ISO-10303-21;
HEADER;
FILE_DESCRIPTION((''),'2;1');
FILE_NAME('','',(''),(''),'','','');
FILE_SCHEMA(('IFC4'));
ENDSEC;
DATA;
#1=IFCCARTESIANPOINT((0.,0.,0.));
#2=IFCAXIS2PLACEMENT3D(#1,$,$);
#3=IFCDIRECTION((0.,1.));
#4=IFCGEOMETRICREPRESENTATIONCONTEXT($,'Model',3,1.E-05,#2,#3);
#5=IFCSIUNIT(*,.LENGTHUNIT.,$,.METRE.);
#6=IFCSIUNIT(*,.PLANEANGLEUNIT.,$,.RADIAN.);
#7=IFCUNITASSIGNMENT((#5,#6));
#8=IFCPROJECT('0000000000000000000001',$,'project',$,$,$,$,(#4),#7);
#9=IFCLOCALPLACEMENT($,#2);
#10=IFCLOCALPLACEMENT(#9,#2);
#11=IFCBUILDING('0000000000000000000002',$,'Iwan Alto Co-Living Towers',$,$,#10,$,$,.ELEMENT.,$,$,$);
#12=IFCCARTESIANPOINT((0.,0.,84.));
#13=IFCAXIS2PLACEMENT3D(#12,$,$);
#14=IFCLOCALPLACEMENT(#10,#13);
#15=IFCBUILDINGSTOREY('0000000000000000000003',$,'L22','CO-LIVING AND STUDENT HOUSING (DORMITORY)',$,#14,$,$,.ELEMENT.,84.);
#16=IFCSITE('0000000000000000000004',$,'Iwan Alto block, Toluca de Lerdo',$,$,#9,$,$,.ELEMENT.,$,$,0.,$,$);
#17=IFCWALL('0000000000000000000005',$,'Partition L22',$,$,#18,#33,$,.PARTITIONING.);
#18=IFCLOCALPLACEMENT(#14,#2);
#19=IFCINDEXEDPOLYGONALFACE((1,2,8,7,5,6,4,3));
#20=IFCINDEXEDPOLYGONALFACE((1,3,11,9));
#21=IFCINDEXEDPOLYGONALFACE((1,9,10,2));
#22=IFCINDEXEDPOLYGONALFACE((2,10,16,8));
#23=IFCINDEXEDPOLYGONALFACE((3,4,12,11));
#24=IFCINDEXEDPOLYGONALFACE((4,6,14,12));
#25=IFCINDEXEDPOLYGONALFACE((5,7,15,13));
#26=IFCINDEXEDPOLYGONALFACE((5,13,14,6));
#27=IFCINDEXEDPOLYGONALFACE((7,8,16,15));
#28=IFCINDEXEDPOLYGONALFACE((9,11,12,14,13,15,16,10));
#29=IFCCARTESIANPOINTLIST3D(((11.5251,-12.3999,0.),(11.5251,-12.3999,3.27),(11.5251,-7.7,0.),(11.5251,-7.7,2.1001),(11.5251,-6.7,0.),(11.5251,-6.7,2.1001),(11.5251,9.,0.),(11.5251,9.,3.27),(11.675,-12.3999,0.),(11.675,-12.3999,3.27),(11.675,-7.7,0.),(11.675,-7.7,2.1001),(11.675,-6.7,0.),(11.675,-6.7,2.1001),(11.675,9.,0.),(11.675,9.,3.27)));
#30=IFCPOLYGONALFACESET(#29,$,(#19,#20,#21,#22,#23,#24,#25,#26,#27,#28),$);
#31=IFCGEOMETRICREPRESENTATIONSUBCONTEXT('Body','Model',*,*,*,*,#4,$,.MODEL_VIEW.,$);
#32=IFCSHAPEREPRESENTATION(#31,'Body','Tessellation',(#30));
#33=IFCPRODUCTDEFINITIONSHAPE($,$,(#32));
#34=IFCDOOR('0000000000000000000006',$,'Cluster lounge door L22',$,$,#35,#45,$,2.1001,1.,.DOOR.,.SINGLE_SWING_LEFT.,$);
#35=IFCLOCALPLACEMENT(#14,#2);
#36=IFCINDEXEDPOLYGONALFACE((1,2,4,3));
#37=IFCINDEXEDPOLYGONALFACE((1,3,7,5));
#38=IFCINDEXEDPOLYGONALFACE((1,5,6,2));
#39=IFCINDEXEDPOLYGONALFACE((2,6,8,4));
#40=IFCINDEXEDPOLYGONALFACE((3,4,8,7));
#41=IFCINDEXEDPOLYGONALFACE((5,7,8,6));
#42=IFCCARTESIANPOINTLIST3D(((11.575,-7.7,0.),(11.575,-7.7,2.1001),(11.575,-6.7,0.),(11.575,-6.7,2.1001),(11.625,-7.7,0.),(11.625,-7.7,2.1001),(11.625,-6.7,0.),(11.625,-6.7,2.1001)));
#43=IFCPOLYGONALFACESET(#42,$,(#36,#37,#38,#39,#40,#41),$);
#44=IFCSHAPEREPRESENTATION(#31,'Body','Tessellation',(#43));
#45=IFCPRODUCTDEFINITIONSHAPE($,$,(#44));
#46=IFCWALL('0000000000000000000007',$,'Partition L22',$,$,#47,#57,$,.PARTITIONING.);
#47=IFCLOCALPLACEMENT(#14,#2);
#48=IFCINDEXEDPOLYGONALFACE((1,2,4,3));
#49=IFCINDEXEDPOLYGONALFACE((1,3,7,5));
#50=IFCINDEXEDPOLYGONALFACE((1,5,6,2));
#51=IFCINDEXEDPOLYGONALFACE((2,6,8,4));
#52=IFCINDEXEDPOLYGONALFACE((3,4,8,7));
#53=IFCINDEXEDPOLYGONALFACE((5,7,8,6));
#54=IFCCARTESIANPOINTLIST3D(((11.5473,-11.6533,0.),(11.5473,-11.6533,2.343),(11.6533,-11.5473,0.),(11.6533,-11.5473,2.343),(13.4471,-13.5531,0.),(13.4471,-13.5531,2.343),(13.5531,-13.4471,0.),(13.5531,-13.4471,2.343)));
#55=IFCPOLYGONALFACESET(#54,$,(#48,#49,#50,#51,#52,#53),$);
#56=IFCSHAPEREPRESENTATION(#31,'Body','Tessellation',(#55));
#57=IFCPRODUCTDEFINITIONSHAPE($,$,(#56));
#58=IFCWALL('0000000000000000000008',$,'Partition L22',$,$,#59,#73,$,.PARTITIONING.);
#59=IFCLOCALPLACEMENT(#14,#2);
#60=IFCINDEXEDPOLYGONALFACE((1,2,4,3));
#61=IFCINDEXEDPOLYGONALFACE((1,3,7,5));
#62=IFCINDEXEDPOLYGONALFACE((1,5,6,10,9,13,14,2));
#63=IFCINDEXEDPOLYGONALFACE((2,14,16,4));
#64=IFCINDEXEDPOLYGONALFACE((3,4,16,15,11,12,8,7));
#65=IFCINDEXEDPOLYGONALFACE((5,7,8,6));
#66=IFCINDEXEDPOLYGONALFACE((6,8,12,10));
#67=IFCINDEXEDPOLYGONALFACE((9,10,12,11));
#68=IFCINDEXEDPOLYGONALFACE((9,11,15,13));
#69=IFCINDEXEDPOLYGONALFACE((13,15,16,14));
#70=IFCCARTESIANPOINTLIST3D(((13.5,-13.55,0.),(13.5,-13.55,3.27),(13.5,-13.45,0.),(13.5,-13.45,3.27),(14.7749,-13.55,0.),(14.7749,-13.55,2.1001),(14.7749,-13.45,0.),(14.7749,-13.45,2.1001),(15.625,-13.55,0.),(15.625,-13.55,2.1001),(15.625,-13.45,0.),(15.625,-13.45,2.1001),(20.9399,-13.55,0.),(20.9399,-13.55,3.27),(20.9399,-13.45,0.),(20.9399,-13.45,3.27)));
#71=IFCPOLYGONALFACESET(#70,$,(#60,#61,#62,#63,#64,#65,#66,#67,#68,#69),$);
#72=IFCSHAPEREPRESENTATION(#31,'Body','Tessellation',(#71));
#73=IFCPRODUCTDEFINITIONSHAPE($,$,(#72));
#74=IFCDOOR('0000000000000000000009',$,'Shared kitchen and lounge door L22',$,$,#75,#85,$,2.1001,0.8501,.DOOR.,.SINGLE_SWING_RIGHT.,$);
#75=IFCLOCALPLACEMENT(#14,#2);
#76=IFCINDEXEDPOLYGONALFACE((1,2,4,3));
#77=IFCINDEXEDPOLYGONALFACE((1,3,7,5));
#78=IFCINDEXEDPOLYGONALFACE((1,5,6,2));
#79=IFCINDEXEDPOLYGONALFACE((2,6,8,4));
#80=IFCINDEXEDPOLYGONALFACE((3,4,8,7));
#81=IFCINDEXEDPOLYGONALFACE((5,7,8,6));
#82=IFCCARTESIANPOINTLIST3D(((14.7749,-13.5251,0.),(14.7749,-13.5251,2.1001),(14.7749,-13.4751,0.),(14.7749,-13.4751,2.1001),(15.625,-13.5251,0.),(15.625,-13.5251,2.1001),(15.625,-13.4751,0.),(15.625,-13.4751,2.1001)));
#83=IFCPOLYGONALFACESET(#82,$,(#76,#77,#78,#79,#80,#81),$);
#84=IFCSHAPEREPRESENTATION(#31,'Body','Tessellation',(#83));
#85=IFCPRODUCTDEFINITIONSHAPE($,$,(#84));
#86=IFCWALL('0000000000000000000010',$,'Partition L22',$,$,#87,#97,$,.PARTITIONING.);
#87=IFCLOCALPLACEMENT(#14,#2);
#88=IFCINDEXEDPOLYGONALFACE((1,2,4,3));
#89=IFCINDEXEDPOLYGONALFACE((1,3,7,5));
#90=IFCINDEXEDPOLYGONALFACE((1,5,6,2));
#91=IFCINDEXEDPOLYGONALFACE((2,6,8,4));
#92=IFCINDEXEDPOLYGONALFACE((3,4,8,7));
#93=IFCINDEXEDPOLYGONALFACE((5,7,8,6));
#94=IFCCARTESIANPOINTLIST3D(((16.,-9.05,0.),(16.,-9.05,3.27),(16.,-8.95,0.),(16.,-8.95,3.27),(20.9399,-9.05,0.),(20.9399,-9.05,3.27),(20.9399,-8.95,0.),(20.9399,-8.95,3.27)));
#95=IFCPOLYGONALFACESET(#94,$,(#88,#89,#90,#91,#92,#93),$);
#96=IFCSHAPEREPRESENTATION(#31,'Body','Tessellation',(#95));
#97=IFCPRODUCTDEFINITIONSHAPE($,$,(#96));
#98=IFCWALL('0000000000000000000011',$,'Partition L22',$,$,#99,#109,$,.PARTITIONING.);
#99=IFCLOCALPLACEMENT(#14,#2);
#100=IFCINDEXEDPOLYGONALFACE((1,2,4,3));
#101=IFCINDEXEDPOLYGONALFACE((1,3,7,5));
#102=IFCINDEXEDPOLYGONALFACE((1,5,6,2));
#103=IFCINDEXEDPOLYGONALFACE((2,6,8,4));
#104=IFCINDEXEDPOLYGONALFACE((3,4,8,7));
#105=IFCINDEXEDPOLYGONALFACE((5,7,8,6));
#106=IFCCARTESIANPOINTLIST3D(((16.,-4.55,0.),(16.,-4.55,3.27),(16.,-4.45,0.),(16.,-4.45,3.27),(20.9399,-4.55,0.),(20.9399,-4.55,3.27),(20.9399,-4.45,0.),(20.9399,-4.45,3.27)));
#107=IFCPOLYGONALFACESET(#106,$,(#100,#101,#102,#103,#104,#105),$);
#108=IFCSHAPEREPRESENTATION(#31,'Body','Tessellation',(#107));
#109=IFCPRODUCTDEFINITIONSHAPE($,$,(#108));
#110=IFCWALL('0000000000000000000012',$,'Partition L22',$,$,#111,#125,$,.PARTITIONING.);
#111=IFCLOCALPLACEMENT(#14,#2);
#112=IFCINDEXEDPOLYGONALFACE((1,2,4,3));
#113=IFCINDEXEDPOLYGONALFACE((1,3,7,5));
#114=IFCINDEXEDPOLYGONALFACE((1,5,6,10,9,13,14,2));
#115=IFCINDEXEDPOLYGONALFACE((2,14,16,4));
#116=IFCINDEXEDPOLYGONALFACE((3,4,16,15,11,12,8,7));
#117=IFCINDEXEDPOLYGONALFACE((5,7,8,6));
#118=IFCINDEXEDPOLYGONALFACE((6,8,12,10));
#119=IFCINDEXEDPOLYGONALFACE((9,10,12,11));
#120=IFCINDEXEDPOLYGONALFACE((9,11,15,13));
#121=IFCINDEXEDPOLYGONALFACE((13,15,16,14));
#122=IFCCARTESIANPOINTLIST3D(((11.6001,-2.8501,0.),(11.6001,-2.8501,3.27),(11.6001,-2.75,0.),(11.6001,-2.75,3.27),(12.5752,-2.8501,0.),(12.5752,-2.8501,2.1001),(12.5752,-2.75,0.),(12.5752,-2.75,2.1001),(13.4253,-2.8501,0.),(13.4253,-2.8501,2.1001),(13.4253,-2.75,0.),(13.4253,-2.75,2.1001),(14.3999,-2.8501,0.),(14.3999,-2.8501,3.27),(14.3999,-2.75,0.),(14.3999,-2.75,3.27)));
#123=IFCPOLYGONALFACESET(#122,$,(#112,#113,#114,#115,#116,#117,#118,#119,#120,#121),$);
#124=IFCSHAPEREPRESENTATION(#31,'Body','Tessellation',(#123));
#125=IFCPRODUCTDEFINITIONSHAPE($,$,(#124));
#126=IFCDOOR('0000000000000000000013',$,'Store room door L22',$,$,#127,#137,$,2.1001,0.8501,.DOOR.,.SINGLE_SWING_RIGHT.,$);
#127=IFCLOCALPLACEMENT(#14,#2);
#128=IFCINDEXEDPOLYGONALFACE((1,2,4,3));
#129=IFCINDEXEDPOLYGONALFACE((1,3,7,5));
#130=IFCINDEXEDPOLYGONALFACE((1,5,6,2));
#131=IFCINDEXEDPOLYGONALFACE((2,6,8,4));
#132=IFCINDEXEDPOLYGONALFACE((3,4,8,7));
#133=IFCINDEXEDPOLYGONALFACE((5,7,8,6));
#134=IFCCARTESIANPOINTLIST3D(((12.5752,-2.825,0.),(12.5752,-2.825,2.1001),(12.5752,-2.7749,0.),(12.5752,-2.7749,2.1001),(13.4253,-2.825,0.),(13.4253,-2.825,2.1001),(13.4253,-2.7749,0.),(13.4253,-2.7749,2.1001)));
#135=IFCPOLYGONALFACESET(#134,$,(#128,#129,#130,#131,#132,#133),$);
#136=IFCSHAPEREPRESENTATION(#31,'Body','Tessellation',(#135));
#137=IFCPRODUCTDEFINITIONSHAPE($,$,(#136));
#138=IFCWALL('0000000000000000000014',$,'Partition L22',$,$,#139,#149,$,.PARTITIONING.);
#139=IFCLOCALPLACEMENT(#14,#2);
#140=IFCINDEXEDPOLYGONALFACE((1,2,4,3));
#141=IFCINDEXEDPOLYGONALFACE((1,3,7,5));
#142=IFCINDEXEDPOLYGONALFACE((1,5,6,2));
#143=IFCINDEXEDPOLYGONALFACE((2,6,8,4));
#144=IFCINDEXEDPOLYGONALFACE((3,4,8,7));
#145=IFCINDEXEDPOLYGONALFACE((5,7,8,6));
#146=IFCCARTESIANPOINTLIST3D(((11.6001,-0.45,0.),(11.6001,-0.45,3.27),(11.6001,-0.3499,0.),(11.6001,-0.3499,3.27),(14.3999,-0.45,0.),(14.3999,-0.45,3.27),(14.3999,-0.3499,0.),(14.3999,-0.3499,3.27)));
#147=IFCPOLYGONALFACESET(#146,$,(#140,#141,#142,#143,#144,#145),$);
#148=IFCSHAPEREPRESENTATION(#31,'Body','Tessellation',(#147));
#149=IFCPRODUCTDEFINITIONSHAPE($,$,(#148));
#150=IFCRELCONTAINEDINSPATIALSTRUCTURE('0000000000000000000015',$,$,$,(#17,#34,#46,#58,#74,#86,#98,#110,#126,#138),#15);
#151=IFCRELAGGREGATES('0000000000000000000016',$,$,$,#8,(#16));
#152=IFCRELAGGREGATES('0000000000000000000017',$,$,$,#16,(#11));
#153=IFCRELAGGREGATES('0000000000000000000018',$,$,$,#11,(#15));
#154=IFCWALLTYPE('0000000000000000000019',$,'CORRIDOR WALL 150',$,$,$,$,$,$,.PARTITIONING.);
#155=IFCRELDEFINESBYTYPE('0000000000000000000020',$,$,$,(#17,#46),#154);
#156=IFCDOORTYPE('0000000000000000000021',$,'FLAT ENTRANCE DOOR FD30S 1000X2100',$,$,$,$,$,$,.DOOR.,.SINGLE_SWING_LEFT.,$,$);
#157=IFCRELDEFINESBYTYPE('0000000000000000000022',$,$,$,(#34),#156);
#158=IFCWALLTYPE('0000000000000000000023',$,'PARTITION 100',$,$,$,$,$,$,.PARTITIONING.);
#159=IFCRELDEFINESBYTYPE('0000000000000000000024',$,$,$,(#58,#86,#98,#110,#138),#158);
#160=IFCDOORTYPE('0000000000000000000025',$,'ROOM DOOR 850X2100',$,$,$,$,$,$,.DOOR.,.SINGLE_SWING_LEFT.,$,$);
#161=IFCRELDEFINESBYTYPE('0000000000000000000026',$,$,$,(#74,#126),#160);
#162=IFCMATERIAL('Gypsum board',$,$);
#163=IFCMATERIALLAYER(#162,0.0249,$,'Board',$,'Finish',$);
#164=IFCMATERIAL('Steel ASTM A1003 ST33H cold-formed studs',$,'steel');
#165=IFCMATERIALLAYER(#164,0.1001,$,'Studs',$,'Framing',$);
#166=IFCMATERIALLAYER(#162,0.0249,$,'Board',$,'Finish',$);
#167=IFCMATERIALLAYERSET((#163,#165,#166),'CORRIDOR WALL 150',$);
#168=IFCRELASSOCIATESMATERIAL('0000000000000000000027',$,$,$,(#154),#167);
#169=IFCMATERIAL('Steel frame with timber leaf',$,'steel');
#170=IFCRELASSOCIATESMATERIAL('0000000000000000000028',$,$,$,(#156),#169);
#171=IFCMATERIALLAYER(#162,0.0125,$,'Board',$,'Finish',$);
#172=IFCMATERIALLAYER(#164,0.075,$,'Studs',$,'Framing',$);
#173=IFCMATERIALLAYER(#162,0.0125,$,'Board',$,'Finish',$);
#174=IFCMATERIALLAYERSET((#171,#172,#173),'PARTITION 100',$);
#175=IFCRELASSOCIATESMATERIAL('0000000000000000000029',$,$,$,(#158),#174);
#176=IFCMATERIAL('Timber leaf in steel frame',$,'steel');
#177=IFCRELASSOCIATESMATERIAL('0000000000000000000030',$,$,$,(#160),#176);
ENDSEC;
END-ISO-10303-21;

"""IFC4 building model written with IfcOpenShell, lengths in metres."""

from ifc_helpers import new_model, si_unit, direction, frame, frame_2d, origin, place, context, subcontext, project, spatial, rectangle, extrude, material, layer, layer_set, type_object, element, fill, save


model = new_model("IFC4")

# Units and contexts
model_context = context("Model", 3, precision=1e-05, world=origin(), true_north=direction((0.0, 1.0)))
body_context = subcontext(model_context, "Body", "Model", "MODEL_VIEW")
ifc_project = project(units=[si_unit("LENGTHUNIT", "METRE"), si_unit("PLANEANGLEUNIT", "RADIAN")], contexts=[model_context])

# Site, building, storey
site_placement = place(None, origin())
site = spatial("IfcSite", under=ifc_project, at=site_placement, Name="Iwan Alto block, Toluca de Lerdo", CompositionType="ELEMENT", RefElevation=0.0)
building_placement = place(site_placement, origin())
building = spatial("IfcBuilding", under=site, at=building_placement, Name="Iwan Alto Co-Living Towers", CompositionType="ELEMENT")
storey_placement = place(building_placement, frame((0.0, 0.0, 84.0)))
storey = spatial("IfcBuildingStorey", under=building, at=storey_placement, Name="L22", Description="CO-LIVING AND STUDENT HOUSING (DORMITORY)", CompositionType="ELEMENT", Elevation=84.0)

# Shared definitions
ifc_material_1 = material(Name="Gypsum board")
ifc_layer_1 = layer(ifc_material_1, 0.0249, Name="Board", Category="Finish")
ifc_material_2 = material(Name="Steel ASTM A1003 ST33H cold-formed studs", Category="steel")
ifc_layer_2 = layer(ifc_material_2, 0.1001, Name="Studs", Category="Framing")
ifc_layer_3 = layer(ifc_material_1, 0.0249, Name="Board", Category="Finish")
ifc_layer_set_1 = layer_set([ifc_layer_1, ifc_layer_2, ifc_layer_3], Name="CORRIDOR WALL 150")
wall_type_1 = type_object("IfcWallType", Name="CORRIDOR WALL 150", PredefinedType="PARTITIONING", material=ifc_layer_set_1)

# Wall, opening, door
wall_1_placement = place(storey_placement, frame((11.6001, -12.3999, 0.0), z_axis=(0.0, 0.0, 1.0), x_axis=(0.0, 1.0, 0.0)))
wall_1 = element("IfcWall", 1, at=wall_1_placement, inside=storey, type_object=wall_type_1, Name="Partition L22", PredefinedType="PARTITIONING", context=body_context, shape_type="SweptSolid", body=[
    extrude(rectangle(XDim=21.3999, YDim=0.1499, at=frame_2d((10.7, 0.0))), origin(), (0.0, 0.0, 1.0), 3.27),
])
opening_1_placement = place(wall_1_placement, frame((4.7, 0.0, 0.0)))
opening_1 = element("IfcOpeningElement", 2, at=opening_1_placement, cuts=wall_1, PredefinedType="OPENING", context=body_context, shape_type="SweptSolid", body=[
    extrude(rectangle(XDim=1.0, YDim=2.1001, at=frame_2d((0.5, 1.05))), frame((0.0, 0.085, 0.0), z_axis=(0.0, -1.0, 0.0), x_axis=(1.0, 0.0, 0.0)), (0.0, 0.0, 1.0), 0.1699),
])
ifc_material_3 = material(Name="Steel frame with timber leaf", Category="steel")
door_type_1 = type_object("IfcDoorType", Name="FLAT ENTRANCE DOOR FD30S 1000X2100", OperationType="SINGLE_SWING_LEFT", PredefinedType="DOOR", material=ifc_material_3)
door_1_placement = place(opening_1_placement, frame((1.0, 0.0, 0.0), z_axis=(0.0, 0.0, 1.0), x_axis=(-1.0, 0.0, 0.0)))
door_1 = element("IfcDoor", 3, at=door_1_placement, inside=storey, type_object=door_type_1, Name="Cluster lounge door L22", OperationType="SINGLE_SWING_LEFT", OverallHeight=2.1001, OverallWidth=1.0, PredefinedType="DOOR", context=body_context, shape_type="SweptSolid", body=[
    extrude(rectangle(XDim=1.0, YDim=2.1001, at=frame_2d((0.5, 1.05))), frame((0.0, 0.0249, 0.0), z_axis=(0.0, -1.0, 0.0), x_axis=(1.0, 0.0, 0.0)), (0.0, 0.0, 1.0), 0.05),
])
fill(opening_1, door_1)

# Wall
wall_2_placement = place(storey_placement, frame((13.5, -13.5, 0.0), z_axis=(0.0, 0.0, 1.0), x_axis=(-0.707107, 0.707107, 0.0)))
element("IfcWall", 4, at=wall_2_placement, inside=storey, type_object=wall_type_1, Name="Partition L22", PredefinedType="PARTITIONING", context=body_context, shape_type="SweptSolid", body=[
    extrude(rectangle(XDim=2.6868, YDim=0.1499, at=frame_2d((1.3433, 0.0))), origin(), (0.0, 0.0, 1.0), 2.343),
])

# Wall, opening, door
ifc_layer_4 = layer(ifc_material_1, 0.0125, Name="Board", Category="Finish")
ifc_layer_5 = layer(ifc_material_2, 0.075, Name="Studs", Category="Framing")
ifc_layer_6 = layer(ifc_material_1, 0.0125, Name="Board", Category="Finish")
ifc_layer_set_2 = layer_set([ifc_layer_4, ifc_layer_5, ifc_layer_6], Name="PARTITION 100")
wall_type_2 = type_object("IfcWallType", Name="PARTITION 100", PredefinedType="PARTITIONING", material=ifc_layer_set_2)
wall_3_placement = place(storey_placement, frame((13.5, -13.5, 0.0), z_axis=(0.0, 0.0, 1.0), x_axis=(1.0, 0.0, 0.0)))
wall_3 = element("IfcWall", 5, at=wall_3_placement, inside=storey, type_object=wall_type_2, Name="Partition L22", PredefinedType="PARTITIONING", context=body_context, shape_type="SweptSolid", body=[
    extrude(rectangle(XDim=7.4399, YDim=0.1001, at=frame_2d((3.72, 0.0))), origin(), (0.0, 0.0, 1.0), 3.27),
])
opening_2_placement = place(wall_3_placement, frame((1.2749, 0.0, 0.0)))
opening_2 = element("IfcOpeningElement", 6, at=opening_2_placement, cuts=wall_3, PredefinedType="OPENING", context=body_context, shape_type="SweptSolid", body=[
    extrude(rectangle(XDim=0.8501, YDim=2.1001, at=frame_2d((0.425, 1.05))), frame((0.0, 0.0601, 0.0), z_axis=(0.0, -1.0, 0.0), x_axis=(1.0, 0.0, 0.0)), (0.0, 0.0, 1.0), 0.1201),
])
ifc_material_4 = material(Name="Timber leaf in steel frame", Category="steel")
door_type_2 = type_object("IfcDoorType", Name="ROOM DOOR 850X2100", OperationType="SINGLE_SWING_LEFT", PredefinedType="DOOR", material=ifc_material_4)
door_2_placement = place(opening_2_placement, origin())
door_2 = element("IfcDoor", 7, at=door_2_placement, inside=storey, type_object=door_type_2, Name="Shared kitchen and lounge door L22", OperationType="SINGLE_SWING_RIGHT", OverallHeight=2.1001, OverallWidth=0.8501, PredefinedType="DOOR", context=body_context, shape_type="SweptSolid", body=[
    extrude(rectangle(XDim=0.8501, YDim=2.1001, at=frame_2d((0.425, 1.05))), frame((0.0, 0.0249, 0.0), z_axis=(0.0, -1.0, 0.0), x_axis=(1.0, 0.0, 0.0)), (0.0, 0.0, 1.0), 0.05),
])
fill(opening_2, door_2)

# Walls
for number, where, z_axis, x_axis, name in (
    (8, (16.0, -9.0, 0.0), (0.0, 0.0, 1.0), (1.0, 0.0, 0.0), "Partition L22"),
    (9, (16.0, -4.5, 0.0), (0.0, 0.0, 1.0), (1.0, 0.0, 0.0), "Partition L22"),
):
    element("IfcWall", number, at=place(storey_placement, frame(where, z_axis=z_axis, x_axis=x_axis)), inside=storey, type_object=wall_type_2, Name=name, PredefinedType="PARTITIONING", context=body_context, shape_type="SweptSolid", body=[
        extrude(rectangle(XDim=4.9399, YDim=0.1001, at=frame_2d((2.47, 0.0))), origin(), (0.0, 0.0, 1.0), 3.27),
    ])

# Wall, opening, door
wall_4_placement = place(storey_placement, frame((11.6001, -2.8, 0.0), z_axis=(0.0, 0.0, 1.0), x_axis=(1.0, 0.0, 0.0)))
wall_4 = element("IfcWall", 10, at=wall_4_placement, inside=storey, type_object=wall_type_2, Name="Partition L22", PredefinedType="PARTITIONING", context=body_context, shape_type="SweptSolid", body=[
    extrude(rectangle(XDim=2.7998, YDim=0.1001, at=frame_2d((1.3999, 0.0))), origin(), (0.0, 0.0, 1.0), 3.27),
])
opening_3_placement = place(wall_4_placement, frame((0.9751, 0.0, 0.0)))
opening_3 = element("IfcOpeningElement", 11, at=opening_3_placement, cuts=wall_4, PredefinedType="OPENING", context=body_context, shape_type="SweptSolid", body=[
    extrude(rectangle(XDim=0.8501, YDim=2.1001, at=frame_2d((0.425, 1.05))), frame((0.0, 0.0601, 0.0), z_axis=(0.0, -1.0, 0.0), x_axis=(1.0, 0.0, 0.0)), (0.0, 0.0, 1.0), 0.1201),
])
door_3_placement = place(opening_3_placement, frame((0.8501, 0.0, 0.0), z_axis=(0.0, 0.0, 1.0), x_axis=(-1.0, 0.0, 0.0)))
door_3 = element("IfcDoor", 12, at=door_3_placement, inside=storey, type_object=door_type_2, Name="Store room door L22", OperationType="SINGLE_SWING_RIGHT", OverallHeight=2.1001, OverallWidth=0.8501, PredefinedType="DOOR", context=body_context, shape_type="SweptSolid", body=[
    extrude(rectangle(XDim=0.8501, YDim=2.1001, at=frame_2d((0.425, 1.05))), frame((0.0, 0.0249, 0.0), z_axis=(0.0, -1.0, 0.0), x_axis=(1.0, 0.0, 0.0)), (0.0, 0.0, 1.0), 0.05),
])
fill(opening_3, door_3)

# Wall
wall_5_placement = place(storey_placement, frame((11.6001, -0.3999, 0.0), z_axis=(0.0, 0.0, 1.0), x_axis=(1.0, 0.0, 0.0)))
element("IfcWall", 13, at=wall_5_placement, inside=storey, type_object=wall_type_2, Name="Partition L22", PredefinedType="PARTITIONING", context=body_context, shape_type="SweptSolid", body=[
    extrude(rectangle(XDim=2.7998, YDim=0.1001, at=frame_2d((1.3999, 0.0))), origin(), (0.0, 0.0, 1.0), 3.27),
])

save(model, "model.ifc")
